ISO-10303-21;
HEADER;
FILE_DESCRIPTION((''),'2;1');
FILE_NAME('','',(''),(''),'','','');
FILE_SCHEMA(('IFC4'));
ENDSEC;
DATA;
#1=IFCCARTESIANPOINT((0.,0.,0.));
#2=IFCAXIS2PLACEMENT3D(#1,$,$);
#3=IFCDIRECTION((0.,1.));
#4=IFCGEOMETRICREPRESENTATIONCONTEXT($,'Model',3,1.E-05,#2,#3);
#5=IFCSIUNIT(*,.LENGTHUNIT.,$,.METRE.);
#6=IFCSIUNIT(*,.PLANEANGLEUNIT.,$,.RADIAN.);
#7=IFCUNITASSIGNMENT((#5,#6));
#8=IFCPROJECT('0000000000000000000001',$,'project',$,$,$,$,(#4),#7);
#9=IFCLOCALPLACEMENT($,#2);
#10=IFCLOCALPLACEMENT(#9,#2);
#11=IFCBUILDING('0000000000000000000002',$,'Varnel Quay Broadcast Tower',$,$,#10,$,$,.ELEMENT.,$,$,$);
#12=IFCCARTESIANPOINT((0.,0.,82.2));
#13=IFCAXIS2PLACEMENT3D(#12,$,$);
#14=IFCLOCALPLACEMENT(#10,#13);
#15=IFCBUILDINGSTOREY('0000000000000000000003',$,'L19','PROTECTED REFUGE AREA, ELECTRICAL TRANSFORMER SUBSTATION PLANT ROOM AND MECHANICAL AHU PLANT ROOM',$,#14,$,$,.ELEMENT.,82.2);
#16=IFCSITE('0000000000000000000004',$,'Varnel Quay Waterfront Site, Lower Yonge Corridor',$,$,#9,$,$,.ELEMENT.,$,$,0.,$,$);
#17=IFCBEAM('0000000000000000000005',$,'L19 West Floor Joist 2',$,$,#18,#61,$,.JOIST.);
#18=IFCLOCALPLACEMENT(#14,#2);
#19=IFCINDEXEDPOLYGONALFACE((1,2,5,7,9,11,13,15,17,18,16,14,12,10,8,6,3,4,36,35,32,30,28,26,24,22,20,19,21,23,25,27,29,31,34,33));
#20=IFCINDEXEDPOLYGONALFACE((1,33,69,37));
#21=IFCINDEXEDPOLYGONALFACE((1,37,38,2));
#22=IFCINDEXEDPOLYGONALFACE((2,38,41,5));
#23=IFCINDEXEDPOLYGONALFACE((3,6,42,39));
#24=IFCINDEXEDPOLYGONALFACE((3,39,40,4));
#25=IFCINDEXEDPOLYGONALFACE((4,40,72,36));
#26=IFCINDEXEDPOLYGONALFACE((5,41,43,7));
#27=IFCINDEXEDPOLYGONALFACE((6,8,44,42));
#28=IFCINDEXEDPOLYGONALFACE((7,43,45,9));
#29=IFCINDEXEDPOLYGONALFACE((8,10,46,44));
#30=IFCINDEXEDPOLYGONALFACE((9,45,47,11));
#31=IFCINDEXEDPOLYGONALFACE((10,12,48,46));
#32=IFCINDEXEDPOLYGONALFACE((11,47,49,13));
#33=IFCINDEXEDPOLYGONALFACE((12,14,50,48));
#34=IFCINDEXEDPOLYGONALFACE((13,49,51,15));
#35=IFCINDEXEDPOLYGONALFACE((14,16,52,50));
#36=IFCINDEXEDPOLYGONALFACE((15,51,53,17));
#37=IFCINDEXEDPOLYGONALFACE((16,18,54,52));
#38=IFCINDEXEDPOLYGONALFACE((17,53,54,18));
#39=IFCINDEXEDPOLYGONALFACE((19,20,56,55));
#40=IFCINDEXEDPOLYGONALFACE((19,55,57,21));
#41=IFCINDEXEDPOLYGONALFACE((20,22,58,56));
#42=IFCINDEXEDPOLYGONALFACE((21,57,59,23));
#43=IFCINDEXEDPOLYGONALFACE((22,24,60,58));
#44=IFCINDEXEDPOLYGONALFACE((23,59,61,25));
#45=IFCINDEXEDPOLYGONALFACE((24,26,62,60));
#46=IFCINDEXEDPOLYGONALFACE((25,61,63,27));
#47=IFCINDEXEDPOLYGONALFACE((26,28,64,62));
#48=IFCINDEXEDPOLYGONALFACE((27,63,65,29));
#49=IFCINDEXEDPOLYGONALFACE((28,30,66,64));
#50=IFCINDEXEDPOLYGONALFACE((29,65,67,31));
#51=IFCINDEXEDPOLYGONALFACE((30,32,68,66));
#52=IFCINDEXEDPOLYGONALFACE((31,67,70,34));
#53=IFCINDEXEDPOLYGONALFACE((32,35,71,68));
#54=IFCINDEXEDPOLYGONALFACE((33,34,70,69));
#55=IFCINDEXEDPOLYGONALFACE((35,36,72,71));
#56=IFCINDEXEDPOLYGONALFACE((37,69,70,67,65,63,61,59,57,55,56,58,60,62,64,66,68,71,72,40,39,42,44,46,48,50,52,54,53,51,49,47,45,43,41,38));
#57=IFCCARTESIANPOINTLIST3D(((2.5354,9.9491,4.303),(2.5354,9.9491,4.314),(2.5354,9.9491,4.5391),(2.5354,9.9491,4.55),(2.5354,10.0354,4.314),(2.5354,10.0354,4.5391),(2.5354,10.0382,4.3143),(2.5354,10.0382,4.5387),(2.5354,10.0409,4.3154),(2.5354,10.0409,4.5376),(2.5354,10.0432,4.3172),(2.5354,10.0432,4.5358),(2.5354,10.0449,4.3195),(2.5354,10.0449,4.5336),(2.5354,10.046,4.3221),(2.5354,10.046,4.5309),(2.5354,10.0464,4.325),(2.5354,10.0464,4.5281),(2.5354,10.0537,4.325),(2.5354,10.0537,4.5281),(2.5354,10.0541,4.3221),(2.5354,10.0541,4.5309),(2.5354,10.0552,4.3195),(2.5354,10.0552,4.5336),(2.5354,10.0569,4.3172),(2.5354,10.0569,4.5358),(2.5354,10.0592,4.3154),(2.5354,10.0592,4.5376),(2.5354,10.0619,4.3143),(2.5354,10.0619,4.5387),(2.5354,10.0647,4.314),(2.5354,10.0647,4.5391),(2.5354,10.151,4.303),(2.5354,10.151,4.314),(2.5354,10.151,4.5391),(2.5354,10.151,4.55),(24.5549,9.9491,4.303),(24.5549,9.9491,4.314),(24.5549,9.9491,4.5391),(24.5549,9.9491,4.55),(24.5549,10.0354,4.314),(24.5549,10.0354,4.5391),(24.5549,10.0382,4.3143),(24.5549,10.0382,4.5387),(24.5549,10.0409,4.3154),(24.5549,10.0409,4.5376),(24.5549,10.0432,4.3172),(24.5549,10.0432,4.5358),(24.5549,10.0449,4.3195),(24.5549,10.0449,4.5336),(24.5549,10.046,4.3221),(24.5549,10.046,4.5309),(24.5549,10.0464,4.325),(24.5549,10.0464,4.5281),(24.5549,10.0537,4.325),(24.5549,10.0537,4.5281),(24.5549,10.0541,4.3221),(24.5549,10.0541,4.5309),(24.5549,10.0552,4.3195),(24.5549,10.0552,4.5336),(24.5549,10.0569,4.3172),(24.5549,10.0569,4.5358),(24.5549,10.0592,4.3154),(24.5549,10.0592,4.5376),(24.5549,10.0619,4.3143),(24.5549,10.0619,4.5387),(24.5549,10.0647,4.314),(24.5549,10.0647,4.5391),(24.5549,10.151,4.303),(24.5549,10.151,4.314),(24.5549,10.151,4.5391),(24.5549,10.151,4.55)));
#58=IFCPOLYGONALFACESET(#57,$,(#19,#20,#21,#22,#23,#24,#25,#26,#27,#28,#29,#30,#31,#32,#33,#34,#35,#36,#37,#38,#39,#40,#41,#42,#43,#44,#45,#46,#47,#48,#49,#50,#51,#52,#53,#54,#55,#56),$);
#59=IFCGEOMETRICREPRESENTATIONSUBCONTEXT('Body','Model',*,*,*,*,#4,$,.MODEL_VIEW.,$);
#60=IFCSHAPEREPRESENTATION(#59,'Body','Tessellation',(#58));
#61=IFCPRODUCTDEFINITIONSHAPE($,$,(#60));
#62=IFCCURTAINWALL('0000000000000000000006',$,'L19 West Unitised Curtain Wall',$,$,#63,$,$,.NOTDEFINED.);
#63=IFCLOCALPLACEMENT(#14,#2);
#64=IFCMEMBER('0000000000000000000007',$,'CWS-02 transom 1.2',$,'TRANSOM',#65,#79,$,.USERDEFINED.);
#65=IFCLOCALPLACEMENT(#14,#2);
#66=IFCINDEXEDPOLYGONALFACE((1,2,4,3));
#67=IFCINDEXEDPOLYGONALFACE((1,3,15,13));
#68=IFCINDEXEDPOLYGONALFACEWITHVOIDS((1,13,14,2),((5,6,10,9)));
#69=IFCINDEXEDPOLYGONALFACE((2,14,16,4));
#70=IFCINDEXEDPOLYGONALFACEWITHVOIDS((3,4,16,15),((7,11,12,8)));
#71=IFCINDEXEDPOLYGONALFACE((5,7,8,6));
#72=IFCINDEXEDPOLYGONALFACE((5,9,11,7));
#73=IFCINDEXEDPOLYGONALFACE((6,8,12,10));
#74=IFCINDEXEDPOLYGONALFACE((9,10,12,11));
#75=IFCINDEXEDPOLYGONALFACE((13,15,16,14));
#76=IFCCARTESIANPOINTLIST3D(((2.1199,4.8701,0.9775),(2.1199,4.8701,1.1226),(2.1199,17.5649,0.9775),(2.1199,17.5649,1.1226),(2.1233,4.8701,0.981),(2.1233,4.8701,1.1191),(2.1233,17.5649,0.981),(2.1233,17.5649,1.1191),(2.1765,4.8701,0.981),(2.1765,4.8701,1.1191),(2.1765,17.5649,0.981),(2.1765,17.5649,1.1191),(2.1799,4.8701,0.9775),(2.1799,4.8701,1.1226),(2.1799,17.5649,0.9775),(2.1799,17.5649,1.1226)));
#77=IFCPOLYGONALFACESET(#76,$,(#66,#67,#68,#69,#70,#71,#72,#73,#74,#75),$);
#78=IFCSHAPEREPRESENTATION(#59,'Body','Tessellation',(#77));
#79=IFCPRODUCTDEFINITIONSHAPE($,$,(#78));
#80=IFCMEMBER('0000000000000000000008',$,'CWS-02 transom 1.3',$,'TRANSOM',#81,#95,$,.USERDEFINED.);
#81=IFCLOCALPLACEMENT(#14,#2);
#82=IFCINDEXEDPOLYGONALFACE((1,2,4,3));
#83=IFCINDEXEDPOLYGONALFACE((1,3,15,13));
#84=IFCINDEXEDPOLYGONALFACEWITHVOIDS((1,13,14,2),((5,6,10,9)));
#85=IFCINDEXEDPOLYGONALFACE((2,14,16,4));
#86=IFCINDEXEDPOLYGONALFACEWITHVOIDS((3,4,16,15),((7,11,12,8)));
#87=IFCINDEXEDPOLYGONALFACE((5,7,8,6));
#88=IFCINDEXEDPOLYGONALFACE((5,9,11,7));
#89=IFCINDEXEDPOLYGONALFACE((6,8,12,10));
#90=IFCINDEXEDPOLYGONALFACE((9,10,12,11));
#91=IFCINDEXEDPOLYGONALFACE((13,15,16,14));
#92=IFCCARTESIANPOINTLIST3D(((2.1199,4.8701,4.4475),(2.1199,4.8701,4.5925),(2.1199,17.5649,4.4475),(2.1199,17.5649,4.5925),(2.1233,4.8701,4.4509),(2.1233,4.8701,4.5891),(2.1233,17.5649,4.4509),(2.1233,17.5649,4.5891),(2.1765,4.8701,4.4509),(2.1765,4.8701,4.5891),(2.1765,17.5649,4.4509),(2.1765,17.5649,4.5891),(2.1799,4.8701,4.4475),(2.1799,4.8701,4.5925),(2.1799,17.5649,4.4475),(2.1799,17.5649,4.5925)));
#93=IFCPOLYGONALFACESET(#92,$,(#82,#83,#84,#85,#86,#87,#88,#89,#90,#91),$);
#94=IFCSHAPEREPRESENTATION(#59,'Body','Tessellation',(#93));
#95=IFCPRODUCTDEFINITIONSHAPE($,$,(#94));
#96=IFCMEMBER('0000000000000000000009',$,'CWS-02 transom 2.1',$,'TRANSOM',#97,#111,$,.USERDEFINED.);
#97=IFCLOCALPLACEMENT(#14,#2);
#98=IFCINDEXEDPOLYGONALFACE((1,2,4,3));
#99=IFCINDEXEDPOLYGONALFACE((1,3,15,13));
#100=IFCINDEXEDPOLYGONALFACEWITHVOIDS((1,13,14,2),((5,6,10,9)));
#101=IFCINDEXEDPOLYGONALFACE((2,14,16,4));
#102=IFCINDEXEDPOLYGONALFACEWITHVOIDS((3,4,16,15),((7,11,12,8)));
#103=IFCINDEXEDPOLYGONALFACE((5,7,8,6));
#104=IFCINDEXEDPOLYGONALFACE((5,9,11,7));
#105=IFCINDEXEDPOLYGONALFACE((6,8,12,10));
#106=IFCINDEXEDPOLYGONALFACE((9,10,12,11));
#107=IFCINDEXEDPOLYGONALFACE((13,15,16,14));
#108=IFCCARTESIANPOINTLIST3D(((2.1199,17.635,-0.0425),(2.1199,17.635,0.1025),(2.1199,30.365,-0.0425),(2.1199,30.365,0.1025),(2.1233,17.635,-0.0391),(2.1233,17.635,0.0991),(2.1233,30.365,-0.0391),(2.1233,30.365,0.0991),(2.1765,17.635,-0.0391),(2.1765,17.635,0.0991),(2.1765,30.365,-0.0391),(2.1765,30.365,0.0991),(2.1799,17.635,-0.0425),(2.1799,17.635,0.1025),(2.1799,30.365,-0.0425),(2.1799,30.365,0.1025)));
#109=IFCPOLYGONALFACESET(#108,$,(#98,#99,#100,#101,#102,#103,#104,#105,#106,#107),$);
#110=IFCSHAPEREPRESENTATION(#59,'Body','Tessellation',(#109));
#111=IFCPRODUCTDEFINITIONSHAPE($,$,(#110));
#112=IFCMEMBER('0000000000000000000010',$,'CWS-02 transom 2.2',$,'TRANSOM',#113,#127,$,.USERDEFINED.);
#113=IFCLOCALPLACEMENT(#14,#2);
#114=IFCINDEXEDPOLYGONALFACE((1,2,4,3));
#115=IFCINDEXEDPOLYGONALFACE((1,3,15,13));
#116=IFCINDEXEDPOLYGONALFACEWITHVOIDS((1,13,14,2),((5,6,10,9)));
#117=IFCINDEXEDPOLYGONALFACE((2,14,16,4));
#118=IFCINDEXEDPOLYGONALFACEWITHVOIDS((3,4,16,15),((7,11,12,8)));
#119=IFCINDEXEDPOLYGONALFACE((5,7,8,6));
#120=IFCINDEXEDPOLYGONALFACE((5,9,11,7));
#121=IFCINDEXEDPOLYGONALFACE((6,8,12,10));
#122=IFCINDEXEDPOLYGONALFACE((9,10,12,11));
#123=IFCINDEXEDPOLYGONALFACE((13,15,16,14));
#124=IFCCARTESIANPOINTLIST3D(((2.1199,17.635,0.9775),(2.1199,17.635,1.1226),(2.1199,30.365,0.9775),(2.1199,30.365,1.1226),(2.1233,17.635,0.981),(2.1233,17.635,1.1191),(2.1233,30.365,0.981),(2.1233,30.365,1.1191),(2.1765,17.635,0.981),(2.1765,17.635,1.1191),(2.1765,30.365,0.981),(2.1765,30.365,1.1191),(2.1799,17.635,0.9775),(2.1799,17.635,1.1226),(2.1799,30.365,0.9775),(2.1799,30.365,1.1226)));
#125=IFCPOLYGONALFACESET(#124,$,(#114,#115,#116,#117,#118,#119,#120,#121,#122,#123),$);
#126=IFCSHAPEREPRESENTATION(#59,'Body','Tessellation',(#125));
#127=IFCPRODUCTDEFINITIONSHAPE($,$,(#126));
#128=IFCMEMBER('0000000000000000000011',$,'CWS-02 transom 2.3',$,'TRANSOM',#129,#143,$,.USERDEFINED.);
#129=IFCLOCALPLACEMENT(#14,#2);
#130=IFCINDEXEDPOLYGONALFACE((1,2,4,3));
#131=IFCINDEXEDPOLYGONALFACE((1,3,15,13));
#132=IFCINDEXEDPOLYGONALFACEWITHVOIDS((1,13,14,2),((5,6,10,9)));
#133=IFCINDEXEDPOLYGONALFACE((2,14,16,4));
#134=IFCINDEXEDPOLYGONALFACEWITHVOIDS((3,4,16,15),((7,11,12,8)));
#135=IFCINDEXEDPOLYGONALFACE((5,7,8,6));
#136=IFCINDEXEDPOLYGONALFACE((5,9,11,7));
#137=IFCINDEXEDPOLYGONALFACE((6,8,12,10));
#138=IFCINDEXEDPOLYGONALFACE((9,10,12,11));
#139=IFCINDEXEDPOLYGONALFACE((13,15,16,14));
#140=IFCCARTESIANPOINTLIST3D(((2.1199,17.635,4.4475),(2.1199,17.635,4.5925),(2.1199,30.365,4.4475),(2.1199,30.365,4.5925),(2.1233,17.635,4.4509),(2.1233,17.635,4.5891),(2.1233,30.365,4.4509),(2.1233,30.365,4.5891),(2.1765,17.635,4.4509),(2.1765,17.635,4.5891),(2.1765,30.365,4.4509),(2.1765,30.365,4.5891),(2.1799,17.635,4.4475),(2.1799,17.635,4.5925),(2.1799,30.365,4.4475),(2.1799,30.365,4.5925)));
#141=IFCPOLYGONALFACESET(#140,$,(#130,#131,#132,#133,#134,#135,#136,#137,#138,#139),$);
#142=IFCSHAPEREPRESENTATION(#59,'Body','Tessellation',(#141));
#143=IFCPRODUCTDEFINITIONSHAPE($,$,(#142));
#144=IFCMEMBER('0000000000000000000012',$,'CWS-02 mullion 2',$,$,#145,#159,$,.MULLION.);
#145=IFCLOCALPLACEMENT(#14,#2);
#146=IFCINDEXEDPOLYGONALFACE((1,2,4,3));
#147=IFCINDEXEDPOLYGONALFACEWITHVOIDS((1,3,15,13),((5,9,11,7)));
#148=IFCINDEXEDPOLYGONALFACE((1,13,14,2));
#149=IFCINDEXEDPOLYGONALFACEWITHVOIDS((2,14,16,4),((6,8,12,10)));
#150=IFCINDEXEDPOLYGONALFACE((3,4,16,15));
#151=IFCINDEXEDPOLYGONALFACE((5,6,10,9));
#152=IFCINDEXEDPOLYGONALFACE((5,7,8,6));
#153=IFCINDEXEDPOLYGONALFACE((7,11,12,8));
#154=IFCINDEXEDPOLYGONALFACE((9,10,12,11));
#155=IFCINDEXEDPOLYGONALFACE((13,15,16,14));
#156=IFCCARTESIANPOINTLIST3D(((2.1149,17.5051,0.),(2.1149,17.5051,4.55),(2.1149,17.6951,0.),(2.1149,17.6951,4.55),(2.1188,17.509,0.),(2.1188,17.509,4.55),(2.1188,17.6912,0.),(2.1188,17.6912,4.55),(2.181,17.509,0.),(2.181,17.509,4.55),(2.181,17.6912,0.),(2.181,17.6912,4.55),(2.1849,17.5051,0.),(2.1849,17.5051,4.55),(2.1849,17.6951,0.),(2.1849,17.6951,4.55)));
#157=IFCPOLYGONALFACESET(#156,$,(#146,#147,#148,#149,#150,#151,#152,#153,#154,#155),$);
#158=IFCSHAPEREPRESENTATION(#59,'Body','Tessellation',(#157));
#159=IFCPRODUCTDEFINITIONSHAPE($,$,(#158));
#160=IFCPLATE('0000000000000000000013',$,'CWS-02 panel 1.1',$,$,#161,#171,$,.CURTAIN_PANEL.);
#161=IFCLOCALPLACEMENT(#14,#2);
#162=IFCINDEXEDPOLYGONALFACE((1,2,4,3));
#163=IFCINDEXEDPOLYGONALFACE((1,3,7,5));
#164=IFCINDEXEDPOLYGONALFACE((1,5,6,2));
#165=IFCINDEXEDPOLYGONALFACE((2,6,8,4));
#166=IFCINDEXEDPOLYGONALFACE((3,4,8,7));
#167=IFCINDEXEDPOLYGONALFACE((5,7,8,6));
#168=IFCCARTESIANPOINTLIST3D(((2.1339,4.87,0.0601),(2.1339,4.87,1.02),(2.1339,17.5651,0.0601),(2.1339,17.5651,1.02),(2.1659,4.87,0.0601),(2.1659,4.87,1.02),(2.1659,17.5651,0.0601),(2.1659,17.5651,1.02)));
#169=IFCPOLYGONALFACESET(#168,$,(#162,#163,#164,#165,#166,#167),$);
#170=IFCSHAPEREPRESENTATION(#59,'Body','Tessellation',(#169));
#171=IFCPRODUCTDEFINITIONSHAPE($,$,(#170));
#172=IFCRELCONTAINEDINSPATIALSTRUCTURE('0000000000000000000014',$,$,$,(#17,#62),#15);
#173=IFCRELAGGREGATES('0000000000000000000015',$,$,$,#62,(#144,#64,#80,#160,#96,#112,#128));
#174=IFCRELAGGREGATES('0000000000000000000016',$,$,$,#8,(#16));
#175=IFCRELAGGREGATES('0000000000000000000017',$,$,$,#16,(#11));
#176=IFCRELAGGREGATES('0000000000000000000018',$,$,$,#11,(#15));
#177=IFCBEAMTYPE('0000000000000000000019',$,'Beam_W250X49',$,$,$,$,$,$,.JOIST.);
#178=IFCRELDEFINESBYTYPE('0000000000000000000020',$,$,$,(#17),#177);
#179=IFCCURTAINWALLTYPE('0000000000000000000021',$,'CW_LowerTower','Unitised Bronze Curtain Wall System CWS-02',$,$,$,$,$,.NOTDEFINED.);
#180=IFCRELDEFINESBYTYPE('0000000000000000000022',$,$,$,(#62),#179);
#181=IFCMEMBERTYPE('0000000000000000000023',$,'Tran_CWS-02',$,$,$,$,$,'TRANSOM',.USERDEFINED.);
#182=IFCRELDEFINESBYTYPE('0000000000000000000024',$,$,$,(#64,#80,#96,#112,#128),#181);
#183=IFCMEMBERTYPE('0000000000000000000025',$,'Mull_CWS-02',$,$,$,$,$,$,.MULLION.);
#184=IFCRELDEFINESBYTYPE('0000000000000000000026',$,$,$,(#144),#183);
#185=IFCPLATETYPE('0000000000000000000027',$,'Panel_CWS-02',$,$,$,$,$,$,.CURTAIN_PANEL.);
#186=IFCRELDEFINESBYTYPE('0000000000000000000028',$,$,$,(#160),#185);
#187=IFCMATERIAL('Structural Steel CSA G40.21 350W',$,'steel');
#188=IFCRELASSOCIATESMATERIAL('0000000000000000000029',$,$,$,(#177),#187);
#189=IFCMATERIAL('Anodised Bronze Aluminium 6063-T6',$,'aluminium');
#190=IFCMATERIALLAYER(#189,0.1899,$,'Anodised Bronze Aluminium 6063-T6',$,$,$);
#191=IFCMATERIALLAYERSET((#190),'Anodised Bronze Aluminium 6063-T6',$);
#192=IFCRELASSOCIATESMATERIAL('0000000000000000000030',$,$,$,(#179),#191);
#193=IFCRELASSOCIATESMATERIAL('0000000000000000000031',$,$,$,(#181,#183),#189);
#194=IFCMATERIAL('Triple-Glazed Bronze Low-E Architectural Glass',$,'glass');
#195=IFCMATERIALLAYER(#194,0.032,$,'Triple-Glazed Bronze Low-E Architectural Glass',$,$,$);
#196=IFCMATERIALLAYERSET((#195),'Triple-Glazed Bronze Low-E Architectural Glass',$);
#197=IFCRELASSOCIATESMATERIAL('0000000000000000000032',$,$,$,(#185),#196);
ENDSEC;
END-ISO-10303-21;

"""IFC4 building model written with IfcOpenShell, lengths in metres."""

from ifc_helpers import new_model, si_unit, direction, frame, origin, origin_2d, place, context, subcontext, project, spatial, rectangle, hollow_rectangle, i_section, extrude, source, transform, mapped, material, layer, layer_set, material_profile, profile_set, type_object, type_shapes, element, aggregate, save


model = new_model("IFC4")

# Units and contexts
model_context = context("Model", 3, precision=1e-05, world=origin(), true_north=direction((0.0, 1.0)))
body_context = subcontext(model_context, "Body", "Model", "MODEL_VIEW")
ifc_project = project(units=[si_unit("LENGTHUNIT", "METRE"), si_unit("PLANEANGLEUNIT", "RADIAN")], contexts=[model_context])

# Site, building, storey
site_placement = place(None, origin())
site = spatial("IfcSite", under=ifc_project, at=site_placement, Name="Varnel Quay Waterfront Site, Lower Yonge Corridor", CompositionType="ELEMENT", RefElevation=0.0)
building_placement = place(site_placement, origin())
building = spatial("IfcBuilding", under=site, at=building_placement, Name="Varnel Quay Broadcast Tower", CompositionType="ELEMENT")
storey_placement = place(building_placement, frame((0.0, 0.0, 82.2)))
storey = spatial("IfcBuildingStorey", under=building, at=storey_placement, Name="L19", Description="PROTECTED REFUGE AREA, ELECTRICAL TRANSFORMER SUBSTATION PLANT ROOM AND MECHANICAL AHU PLANT ROOM", CompositionType="ELEMENT", Elevation=82.2)

# Shared definitions
ifc_material_1 = material(Name="Structural Steel CSA G40.21 350W", Category="steel")

# Beam
ifc_material_profile_1 = material_profile(ifc_material_1, i_section(OverallWidth=0.2019, OverallDepth=0.2471, WebThickness=0.0073, FlangeThickness=0.011, FilletRadius=0.011, at=origin_2d()), Name="W250X49")
ifc_profile_set_1 = profile_set([ifc_material_profile_1], Name="Structural Steel CSA G40.21 350W")
beam_type_1 = type_object("IfcBeamType", Name="Beam_W250X49", PredefinedType="JOIST", material=ifc_profile_set_1)
shared_shape_1 = source(origin(), body_context, "Body", "SweptSolid", [
    extrude(i_section(OverallWidth=0.2019, OverallDepth=0.2471, WebThickness=0.0073, FlangeThickness=0.011, FilletRadius=0.011, at=origin_2d()), origin(), (0.0, 0.0, 1.0), 22.0195),
])
type_shapes(beam_type_1, [shared_shape_1])
beam_1_placement = place(storey_placement, frame((2.5354, 10.05, 4.4265), z_axis=(1.0, 0.0, 0.0), x_axis=(0.0, 1.0, 0.0)))
element("IfcBeam", 1, at=beam_1_placement, inside=storey, type_object=beam_type_1, Name="L19 West Floor Joist 2", PredefinedType="JOIST", context=body_context, shape_type="MappedRepresentation", body=[
    mapped(shared_shape_1, transform((0.0, 0.0, 0.0), x_axis=(1.0, 0.0, 0.0), y_axis=(0.0, 1.0, 0.0), z_axis=(0.0, 0.0, 1.0), scale=1.0)),
])

# Curtain wall, members, plate
ifc_material_2 = material(Name="Anodised Bronze Aluminium 6063-T6", Category="aluminium")
ifc_layer_1 = layer(ifc_material_2, 0.1899, Name="Anodised Bronze Aluminium 6063-T6")
ifc_layer_set_1 = layer_set([ifc_layer_1], Name="Anodised Bronze Aluminium 6063-T6")
curtain_wall_type = type_object("IfcCurtainWallType", Name="CW_LowerTower", Description="Unitised Bronze Curtain Wall System CWS-02", PredefinedType="NOTDEFINED", material=ifc_layer_set_1)
curtain_wall_placement = place(storey_placement, origin())
curtain_wall = element("IfcCurtainWall", 2, at=curtain_wall_placement, inside=storey, type_object=curtain_wall_type, Name="L19 West Unitised Curtain Wall", PredefinedType="NOTDEFINED")
ifc_material_profile_2 = material_profile(ifc_material_2, hollow_rectangle(XDim=0.0601, YDim=0.145, WallThickness=0.0034, at=origin_2d()), Name="ALU60X145X3.5")
ifc_profile_set_2 = profile_set([ifc_material_profile_2], Name="Anodised Bronze Aluminium 6063-T6")
member_type_1 = type_object("IfcMemberType", Name="Tran_CWS-02", ElementType="TRANSOM", PredefinedType="USERDEFINED", material=ifc_profile_set_2)
shared_shape_2 = source(origin(), body_context, "Body", "SweptSolid", [
    extrude(hollow_rectangle(XDim=0.0601, YDim=0.145, WallThickness=0.0034, at=origin_2d()), origin(), (0.0, 0.0, 1.0), 12.6948),
])
member_1_placement = place(storey_placement, frame((2.1499, 4.8701, 1.05), z_axis=(0.0, 1.0, 0.0), x_axis=(-1.0, 0.0, 0.0)))
member_1 = element("IfcMember", 3, at=member_1_placement, type_object=member_type_1, Name="CWS-02 transom 1.2", ObjectType="TRANSOM", PredefinedType="USERDEFINED", context=body_context, shape_type="MappedRepresentation", body=[
    mapped(shared_shape_2, transform((0.0, 0.0, 0.0), x_axis=(1.0, 0.0, 0.0), y_axis=(0.0, 1.0, 0.0), z_axis=(0.0, 0.0, 1.0), scale=1.0)),
])
member_2_placement = place(storey_placement, frame((2.1499, 4.8701, 4.52), z_axis=(0.0, 1.0, 0.0), x_axis=(-1.0, 0.0, 0.0)))
member_2 = element("IfcMember", 4, at=member_2_placement, type_object=member_type_1, Name="CWS-02 transom 1.3", ObjectType="TRANSOM", PredefinedType="USERDEFINED", context=body_context, shape_type="MappedRepresentation", body=[
    mapped(shared_shape_2, transform((0.0, 0.0, 0.0), x_axis=(1.0, 0.0, 0.0), y_axis=(0.0, 1.0, 0.0), z_axis=(0.0, 0.0, 1.0), scale=1.0)),
])
shared_shape_3 = source(origin(), body_context, "Body", "SweptSolid", [
    extrude(hollow_rectangle(XDim=0.0601, YDim=0.145, WallThickness=0.0034, at=origin_2d()), origin(), (0.0, 0.0, 1.0), 12.73),
])
type_shapes(member_type_1, [shared_shape_2, shared_shape_3])
member_3_placement = place(storey_placement, frame((2.1499, 17.635, 0.03), z_axis=(0.0, 1.0, 0.0), x_axis=(-1.0, 0.0, 0.0)))
member_3 = element("IfcMember", 5, at=member_3_placement, type_object=member_type_1, Name="CWS-02 transom 2.1", ObjectType="TRANSOM", PredefinedType="USERDEFINED", context=body_context, shape_type="MappedRepresentation", body=[
    mapped(shared_shape_3, transform((0.0, 0.0, 0.0), x_axis=(1.0, 0.0, 0.0), y_axis=(0.0, 1.0, 0.0), z_axis=(0.0, 0.0, 1.0), scale=1.0)),
])
member_4_placement = place(storey_placement, frame((2.1499, 17.635, 1.05), z_axis=(0.0, 1.0, 0.0), x_axis=(-1.0, 0.0, 0.0)))
member_4 = element("IfcMember", 6, at=member_4_placement, type_object=member_type_1, Name="CWS-02 transom 2.2", ObjectType="TRANSOM", PredefinedType="USERDEFINED", context=body_context, shape_type="MappedRepresentation", body=[
    mapped(shared_shape_3, transform((0.0, 0.0, 0.0), x_axis=(1.0, 0.0, 0.0), y_axis=(0.0, 1.0, 0.0), z_axis=(0.0, 0.0, 1.0), scale=1.0)),
])
member_5_placement = place(storey_placement, frame((2.1499, 17.635, 4.52), z_axis=(0.0, 1.0, 0.0), x_axis=(-1.0, 0.0, 0.0)))
member_5 = element("IfcMember", 7, at=member_5_placement, type_object=member_type_1, Name="CWS-02 transom 2.3", ObjectType="TRANSOM", PredefinedType="USERDEFINED", context=body_context, shape_type="MappedRepresentation", body=[
    mapped(shared_shape_3, transform((0.0, 0.0, 0.0), x_axis=(1.0, 0.0, 0.0), y_axis=(0.0, 1.0, 0.0), z_axis=(0.0, 0.0, 1.0), scale=1.0)),
])
ifc_material_profile_3 = material_profile(ifc_material_2, hollow_rectangle(XDim=0.0701, YDim=0.1899, WallThickness=0.0039, at=origin_2d()), Name="ALU70X190X4")
ifc_profile_set_3 = profile_set([ifc_material_profile_3], Name="Anodised Bronze Aluminium 6063-T6")
member_type_2 = type_object("IfcMemberType", Name="Mull_CWS-02", PredefinedType="MULLION", material=ifc_profile_set_3)
shared_shape_4 = source(origin(), body_context, "Body", "SweptSolid", [
    extrude(hollow_rectangle(XDim=0.0701, YDim=0.1899, WallThickness=0.0039, at=origin_2d()), origin(), (0.0, 0.0, 1.0), 4.55),
])
type_shapes(member_type_2, [shared_shape_4])
member_6_placement = place(storey_placement, frame((2.1499, 17.6001, 0.0), z_axis=(0.0, 0.0, 1.0), x_axis=(-1.0, 0.0, 0.0)))
member_6 = element("IfcMember", 8, at=member_6_placement, type_object=member_type_2, Name="CWS-02 mullion 2", PredefinedType="MULLION", context=body_context, shape_type="MappedRepresentation", body=[
    mapped(shared_shape_4, transform((0.0, 0.0, 0.0), x_axis=(1.0, 0.0, 0.0), y_axis=(0.0, 1.0, 0.0), z_axis=(0.0, 0.0, 1.0), scale=1.0)),
])
ifc_material_3 = material(Name="Triple-Glazed Bronze Low-E Architectural Glass", Category="glass")
ifc_layer_2 = layer(ifc_material_3, 0.032, Name="Triple-Glazed Bronze Low-E Architectural Glass")
ifc_layer_set_2 = layer_set([ifc_layer_2], Name="Triple-Glazed Bronze Low-E Architectural Glass")
plate_type = type_object("IfcPlateType", Name="Panel_CWS-02", PredefinedType="CURTAIN_PANEL", material=ifc_layer_set_2)
shared_shape_5 = source(origin(), body_context, "Body", "SweptSolid", [
    extrude(rectangle(XDim=12.6951, YDim=0.032, at=origin_2d()), origin(), (0.0, 0.0, 1.0), 0.96),
])
plate_1_placement = place(storey_placement, frame((2.1499, 11.2175, 0.0601), z_axis=(0.0, 0.0, 1.0), x_axis=(0.0, 1.0, 0.0)))
plate_1 = element("IfcPlate", 9, at=plate_1_placement, type_object=plate_type, Name="CWS-02 panel 1.1", PredefinedType="CURTAIN_PANEL", context=body_context, shape_type="MappedRepresentation", body=[
    mapped(shared_shape_5, transform((0.0, 0.0, 0.0), x_axis=(1.0, 0.0, 0.0), y_axis=(0.0, 1.0, 0.0), z_axis=(0.0, 0.0, 1.0), scale=1.0)),
])
aggregate(curtain_wall, [member_6, member_1, member_2, plate_1, member_3, member_4, member_5])

save(model, "model.ifc")
